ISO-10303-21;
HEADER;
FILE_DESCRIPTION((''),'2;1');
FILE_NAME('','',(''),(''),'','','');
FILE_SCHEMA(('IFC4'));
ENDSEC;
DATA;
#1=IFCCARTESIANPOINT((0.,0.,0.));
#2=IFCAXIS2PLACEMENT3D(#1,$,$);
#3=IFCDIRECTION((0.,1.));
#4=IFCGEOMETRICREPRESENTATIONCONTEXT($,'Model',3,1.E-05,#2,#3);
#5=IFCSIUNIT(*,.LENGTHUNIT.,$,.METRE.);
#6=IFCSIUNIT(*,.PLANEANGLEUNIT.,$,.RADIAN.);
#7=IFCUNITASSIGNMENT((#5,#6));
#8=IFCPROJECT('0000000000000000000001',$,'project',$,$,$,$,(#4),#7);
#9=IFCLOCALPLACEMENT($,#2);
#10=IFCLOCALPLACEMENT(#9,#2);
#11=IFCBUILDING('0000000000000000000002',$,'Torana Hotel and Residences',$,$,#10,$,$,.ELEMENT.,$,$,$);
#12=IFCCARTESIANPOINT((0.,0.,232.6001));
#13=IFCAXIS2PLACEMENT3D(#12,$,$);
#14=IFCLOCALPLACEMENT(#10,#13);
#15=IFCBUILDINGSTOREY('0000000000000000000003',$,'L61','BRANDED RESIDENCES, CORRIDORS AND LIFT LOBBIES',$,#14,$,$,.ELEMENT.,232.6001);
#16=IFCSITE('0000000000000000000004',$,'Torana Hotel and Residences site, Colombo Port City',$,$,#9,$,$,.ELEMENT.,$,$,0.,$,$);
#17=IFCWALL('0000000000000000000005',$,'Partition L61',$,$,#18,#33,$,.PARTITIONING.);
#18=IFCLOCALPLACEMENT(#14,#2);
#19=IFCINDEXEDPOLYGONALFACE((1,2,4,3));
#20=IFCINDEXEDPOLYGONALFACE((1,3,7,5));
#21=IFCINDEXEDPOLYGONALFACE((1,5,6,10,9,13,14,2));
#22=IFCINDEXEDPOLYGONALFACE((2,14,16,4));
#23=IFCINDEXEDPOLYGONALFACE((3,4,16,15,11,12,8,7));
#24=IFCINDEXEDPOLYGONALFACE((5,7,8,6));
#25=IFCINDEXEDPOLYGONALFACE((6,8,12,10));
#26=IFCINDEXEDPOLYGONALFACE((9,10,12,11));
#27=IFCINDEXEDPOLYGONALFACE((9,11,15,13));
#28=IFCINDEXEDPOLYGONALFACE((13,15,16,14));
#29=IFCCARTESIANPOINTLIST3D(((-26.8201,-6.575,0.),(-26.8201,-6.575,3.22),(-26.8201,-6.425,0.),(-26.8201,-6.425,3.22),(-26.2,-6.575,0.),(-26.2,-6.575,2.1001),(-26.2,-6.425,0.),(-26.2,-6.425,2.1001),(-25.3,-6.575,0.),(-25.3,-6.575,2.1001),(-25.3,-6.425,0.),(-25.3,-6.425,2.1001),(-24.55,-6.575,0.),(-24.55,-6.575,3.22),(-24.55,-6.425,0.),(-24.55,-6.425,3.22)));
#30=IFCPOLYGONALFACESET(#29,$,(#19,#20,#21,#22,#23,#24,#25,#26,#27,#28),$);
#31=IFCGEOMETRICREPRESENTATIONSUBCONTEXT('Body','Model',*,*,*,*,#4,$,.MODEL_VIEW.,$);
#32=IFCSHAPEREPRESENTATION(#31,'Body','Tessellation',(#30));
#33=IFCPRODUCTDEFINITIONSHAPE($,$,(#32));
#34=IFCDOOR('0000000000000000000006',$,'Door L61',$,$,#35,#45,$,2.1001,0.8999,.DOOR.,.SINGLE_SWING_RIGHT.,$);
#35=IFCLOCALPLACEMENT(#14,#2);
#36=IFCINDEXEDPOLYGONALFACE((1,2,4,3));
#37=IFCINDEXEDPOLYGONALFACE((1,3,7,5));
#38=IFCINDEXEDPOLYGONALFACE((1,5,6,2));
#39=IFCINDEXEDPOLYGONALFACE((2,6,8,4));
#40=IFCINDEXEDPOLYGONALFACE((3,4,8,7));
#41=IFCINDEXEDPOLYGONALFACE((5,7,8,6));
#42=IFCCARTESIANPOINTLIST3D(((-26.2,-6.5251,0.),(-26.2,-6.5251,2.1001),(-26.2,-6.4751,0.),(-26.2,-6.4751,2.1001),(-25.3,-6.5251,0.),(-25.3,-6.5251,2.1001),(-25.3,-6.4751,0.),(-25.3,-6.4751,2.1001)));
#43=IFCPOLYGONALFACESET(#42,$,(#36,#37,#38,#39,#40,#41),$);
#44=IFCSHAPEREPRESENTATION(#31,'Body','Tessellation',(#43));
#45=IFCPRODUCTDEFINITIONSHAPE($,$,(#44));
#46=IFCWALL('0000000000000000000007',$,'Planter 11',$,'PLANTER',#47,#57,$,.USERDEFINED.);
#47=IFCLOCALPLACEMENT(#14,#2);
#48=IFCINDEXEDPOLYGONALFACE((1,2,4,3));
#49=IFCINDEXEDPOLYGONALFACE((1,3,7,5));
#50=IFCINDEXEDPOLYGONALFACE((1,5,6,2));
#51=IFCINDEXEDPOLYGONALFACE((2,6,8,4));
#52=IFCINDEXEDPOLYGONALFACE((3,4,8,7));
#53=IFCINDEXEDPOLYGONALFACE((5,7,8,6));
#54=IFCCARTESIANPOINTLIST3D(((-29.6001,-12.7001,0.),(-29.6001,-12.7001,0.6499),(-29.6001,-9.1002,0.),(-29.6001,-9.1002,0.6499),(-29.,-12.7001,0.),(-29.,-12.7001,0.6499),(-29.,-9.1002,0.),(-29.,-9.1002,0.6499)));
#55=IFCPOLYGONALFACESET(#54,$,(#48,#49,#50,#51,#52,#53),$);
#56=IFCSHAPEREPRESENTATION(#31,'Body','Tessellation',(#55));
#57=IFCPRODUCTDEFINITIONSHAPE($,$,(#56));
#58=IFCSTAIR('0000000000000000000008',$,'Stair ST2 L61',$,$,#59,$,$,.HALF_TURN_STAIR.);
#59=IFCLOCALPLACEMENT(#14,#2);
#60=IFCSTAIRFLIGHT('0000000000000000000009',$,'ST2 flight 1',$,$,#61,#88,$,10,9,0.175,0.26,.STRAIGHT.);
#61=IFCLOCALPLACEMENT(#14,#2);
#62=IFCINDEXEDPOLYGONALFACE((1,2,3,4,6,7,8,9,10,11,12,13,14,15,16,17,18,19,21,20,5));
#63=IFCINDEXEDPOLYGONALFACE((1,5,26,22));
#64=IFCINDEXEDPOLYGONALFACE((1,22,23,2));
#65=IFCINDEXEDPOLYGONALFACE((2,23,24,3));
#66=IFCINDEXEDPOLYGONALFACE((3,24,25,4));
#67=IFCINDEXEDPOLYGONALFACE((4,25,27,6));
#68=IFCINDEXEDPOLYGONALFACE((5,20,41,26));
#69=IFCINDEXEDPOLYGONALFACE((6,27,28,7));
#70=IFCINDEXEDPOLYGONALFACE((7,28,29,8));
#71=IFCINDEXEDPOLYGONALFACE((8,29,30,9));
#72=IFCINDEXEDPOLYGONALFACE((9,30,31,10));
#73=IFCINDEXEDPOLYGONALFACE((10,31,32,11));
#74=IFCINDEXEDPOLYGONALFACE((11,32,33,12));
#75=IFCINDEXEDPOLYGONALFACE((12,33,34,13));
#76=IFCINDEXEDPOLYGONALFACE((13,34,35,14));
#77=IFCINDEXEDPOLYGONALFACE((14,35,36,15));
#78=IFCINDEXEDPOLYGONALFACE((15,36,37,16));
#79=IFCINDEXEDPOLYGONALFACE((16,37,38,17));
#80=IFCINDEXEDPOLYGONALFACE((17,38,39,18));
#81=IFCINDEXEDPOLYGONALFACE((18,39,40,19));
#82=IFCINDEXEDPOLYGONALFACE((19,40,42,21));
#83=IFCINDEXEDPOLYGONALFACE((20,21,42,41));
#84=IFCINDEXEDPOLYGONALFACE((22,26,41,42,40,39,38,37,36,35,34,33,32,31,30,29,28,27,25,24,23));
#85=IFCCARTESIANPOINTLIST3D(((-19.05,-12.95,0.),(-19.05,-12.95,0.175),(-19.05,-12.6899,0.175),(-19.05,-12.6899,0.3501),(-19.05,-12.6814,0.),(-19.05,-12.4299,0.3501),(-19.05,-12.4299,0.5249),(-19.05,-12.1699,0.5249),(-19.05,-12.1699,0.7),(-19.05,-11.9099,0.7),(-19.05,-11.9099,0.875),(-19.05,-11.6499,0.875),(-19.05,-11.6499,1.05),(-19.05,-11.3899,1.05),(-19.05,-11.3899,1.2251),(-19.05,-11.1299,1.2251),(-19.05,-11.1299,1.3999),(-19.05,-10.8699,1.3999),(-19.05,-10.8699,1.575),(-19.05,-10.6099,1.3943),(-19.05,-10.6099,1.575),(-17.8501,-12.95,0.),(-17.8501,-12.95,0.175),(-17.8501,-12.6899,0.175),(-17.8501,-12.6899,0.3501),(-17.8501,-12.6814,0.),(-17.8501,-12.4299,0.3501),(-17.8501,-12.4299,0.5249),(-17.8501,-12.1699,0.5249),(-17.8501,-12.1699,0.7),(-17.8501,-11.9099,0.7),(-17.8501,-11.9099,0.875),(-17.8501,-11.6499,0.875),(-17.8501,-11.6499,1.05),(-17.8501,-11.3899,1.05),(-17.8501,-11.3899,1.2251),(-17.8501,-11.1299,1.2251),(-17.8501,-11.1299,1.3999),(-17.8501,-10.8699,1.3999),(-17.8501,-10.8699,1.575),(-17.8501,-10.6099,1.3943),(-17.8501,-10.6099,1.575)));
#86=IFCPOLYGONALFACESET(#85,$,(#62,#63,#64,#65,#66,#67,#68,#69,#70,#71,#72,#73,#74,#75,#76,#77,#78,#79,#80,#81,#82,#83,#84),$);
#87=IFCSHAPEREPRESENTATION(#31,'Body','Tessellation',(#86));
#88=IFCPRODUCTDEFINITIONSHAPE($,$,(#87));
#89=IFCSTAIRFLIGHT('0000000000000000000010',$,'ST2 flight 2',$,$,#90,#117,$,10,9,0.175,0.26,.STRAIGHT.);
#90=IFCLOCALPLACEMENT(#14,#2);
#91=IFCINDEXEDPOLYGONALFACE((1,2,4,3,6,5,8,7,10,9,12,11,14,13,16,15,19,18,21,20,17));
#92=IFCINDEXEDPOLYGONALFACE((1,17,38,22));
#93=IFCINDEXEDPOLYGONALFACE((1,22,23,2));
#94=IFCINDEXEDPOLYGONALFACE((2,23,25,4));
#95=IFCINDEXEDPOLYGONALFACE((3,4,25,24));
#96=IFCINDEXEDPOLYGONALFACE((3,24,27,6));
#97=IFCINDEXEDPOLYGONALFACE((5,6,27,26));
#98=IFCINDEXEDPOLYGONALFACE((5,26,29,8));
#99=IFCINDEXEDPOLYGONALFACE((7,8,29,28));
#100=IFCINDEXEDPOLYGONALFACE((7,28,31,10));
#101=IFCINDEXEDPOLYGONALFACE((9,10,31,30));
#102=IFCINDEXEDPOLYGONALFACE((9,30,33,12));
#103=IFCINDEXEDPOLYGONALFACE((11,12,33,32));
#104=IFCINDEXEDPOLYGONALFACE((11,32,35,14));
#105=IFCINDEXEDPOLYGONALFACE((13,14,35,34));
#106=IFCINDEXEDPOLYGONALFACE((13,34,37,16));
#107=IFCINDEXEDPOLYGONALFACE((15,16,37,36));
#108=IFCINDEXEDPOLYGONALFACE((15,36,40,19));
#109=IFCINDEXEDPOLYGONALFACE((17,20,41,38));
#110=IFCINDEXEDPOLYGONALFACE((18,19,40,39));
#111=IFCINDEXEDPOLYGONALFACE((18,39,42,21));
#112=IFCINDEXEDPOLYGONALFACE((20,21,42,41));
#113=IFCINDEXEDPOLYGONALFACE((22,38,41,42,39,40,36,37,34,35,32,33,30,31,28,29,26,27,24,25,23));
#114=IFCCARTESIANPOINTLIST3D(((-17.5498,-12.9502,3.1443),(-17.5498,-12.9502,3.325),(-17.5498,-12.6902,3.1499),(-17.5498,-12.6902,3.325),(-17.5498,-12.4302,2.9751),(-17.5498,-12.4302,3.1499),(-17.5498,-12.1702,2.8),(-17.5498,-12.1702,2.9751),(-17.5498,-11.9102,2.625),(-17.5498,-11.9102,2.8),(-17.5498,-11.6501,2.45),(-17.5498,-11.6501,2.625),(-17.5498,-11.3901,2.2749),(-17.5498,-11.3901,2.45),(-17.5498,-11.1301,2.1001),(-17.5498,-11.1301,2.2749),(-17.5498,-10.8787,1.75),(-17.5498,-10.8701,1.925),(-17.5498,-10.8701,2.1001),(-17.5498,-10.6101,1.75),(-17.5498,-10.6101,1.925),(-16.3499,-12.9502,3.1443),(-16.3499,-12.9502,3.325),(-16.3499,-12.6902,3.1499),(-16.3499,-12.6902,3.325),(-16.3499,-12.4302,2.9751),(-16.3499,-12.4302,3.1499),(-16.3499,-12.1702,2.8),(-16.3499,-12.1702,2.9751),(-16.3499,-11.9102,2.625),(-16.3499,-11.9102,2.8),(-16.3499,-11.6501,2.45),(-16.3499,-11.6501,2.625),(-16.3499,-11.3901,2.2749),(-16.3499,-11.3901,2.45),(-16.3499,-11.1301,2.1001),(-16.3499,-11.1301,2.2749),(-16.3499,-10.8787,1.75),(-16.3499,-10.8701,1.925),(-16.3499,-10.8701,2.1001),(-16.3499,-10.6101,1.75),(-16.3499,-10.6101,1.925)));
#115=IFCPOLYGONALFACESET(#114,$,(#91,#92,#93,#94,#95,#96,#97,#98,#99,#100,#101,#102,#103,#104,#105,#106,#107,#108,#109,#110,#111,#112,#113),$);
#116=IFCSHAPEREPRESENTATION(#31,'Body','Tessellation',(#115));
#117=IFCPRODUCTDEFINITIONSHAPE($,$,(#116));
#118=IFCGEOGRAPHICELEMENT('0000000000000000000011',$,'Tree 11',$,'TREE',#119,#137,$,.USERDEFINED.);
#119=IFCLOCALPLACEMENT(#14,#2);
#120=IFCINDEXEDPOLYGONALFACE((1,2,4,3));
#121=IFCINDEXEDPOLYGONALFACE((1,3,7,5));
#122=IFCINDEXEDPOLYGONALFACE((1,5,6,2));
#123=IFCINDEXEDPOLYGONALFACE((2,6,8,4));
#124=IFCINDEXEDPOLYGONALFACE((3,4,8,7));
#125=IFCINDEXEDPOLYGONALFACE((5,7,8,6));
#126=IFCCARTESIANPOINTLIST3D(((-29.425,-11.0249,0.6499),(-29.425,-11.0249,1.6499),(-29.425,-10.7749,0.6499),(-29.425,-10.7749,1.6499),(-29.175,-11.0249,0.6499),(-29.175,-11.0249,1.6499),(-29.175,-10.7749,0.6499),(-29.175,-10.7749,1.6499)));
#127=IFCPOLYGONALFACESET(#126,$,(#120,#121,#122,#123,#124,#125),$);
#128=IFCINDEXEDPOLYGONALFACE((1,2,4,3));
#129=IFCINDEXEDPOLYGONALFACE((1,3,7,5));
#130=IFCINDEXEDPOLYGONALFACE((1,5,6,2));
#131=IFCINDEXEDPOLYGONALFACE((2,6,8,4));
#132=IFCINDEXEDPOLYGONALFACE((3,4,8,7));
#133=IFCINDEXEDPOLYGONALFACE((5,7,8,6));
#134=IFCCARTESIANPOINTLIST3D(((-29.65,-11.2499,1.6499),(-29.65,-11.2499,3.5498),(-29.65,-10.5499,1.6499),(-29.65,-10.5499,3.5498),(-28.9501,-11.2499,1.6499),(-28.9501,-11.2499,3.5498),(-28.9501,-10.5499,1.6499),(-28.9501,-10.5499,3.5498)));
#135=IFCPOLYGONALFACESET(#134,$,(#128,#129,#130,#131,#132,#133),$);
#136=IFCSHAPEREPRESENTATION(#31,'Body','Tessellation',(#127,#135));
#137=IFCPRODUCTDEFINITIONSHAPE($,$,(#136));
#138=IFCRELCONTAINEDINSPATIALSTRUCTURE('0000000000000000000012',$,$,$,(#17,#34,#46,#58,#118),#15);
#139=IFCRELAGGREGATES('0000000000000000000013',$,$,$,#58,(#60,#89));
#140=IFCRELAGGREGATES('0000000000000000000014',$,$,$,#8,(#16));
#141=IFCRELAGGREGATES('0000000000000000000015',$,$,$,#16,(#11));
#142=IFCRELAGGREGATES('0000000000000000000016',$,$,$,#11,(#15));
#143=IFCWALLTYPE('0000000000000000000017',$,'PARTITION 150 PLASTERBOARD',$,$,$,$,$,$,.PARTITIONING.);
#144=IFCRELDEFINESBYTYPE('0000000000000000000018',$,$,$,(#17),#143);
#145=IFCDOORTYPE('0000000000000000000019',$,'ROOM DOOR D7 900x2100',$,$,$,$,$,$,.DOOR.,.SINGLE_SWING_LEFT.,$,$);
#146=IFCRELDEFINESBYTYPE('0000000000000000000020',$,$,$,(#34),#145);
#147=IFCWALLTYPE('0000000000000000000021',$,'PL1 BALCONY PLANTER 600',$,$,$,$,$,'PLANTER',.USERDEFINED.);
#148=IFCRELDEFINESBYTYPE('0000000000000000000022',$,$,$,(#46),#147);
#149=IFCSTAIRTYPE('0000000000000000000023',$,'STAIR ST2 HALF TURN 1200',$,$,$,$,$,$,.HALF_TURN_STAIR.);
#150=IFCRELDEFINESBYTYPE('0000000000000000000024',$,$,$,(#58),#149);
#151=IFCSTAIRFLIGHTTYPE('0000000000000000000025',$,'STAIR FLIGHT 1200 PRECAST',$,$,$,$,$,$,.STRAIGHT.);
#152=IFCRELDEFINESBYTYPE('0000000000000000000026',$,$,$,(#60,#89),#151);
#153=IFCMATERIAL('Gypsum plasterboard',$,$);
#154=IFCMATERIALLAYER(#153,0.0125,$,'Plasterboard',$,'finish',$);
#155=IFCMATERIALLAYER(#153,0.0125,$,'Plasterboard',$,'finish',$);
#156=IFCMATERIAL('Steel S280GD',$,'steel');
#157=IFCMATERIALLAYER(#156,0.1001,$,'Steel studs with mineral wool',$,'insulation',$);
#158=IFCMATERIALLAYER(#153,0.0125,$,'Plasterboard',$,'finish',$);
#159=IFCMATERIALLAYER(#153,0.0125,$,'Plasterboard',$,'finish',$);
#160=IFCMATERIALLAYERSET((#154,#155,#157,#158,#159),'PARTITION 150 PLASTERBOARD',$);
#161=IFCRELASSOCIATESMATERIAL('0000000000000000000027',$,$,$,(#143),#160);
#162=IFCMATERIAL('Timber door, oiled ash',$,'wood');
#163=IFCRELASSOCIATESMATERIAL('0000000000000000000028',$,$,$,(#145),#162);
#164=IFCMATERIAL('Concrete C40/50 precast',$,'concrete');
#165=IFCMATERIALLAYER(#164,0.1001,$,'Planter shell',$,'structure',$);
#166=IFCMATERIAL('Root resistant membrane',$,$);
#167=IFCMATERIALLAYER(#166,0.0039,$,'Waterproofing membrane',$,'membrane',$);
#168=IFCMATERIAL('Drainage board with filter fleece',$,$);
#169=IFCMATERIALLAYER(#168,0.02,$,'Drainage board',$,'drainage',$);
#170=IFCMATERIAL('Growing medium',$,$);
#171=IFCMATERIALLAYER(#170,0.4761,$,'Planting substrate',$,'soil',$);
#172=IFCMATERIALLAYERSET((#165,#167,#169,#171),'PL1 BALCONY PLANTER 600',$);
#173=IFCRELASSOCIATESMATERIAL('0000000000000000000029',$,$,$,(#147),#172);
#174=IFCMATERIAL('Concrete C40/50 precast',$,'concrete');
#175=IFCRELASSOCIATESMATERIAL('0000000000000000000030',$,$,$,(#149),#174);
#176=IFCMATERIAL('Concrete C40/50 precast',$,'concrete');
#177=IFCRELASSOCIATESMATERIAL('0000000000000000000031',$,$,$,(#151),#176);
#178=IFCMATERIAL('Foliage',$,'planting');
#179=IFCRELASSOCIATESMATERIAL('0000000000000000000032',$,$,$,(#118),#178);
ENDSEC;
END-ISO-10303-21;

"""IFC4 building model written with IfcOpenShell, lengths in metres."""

from ifc_helpers import new_model, si_unit, direction, frame, frame_2d, origin, origin_2d, place, context, subcontext, project, spatial, polyline, rectangle, outline, extrude, material, layer, layer_set, type_object, element, fill, aggregate, save


model = new_model("IFC4")

# Units and contexts
model_context = context("Model", 3, precision=1e-05, world=origin(), true_north=direction((0.0, 1.0)))
body_context = subcontext(model_context, "Body", "Model", "MODEL_VIEW")
ifc_project = project(units=[si_unit("LENGTHUNIT", "METRE"), si_unit("PLANEANGLEUNIT", "RADIAN")], contexts=[model_context])

# Site, building, storey
site_placement = place(None, origin())
site = spatial("IfcSite", under=ifc_project, at=site_placement, Name="Torana Hotel and Residences site, Colombo Port City", CompositionType="ELEMENT", RefElevation=0.0)
building_placement = place(site_placement, origin())
building = spatial("IfcBuilding", under=site, at=building_placement, Name="Torana Hotel and Residences", CompositionType="ELEMENT")
storey_placement = place(building_placement, frame((0.0, 0.0, 232.6001)))
storey = spatial("IfcBuildingStorey", under=building, at=storey_placement, Name="L61", Description="BRANDED RESIDENCES, CORRIDORS AND LIFT LOBBIES", CompositionType="ELEMENT", Elevation=232.6001)

# Wall, opening, door
ifc_material_1 = material(Name="Gypsum plasterboard")
ifc_layer_1 = layer(ifc_material_1, 0.0125, Name="Plasterboard", Category="finish")
ifc_layer_2 = layer(ifc_material_1, 0.0125, Name="Plasterboard", Category="finish")
ifc_material_2 = material(Name="Steel S280GD", Category="steel")
ifc_layer_3 = layer(ifc_material_2, 0.1001, Name="Steel studs with mineral wool", Category="insulation")
ifc_layer_4 = layer(ifc_material_1, 0.0125, Name="Plasterboard", Category="finish")
ifc_layer_5 = layer(ifc_material_1, 0.0125, Name="Plasterboard", Category="finish")
ifc_layer_set_1 = layer_set([ifc_layer_1, ifc_layer_2, ifc_layer_3, ifc_layer_4, ifc_layer_5], Name="PARTITION 150 PLASTERBOARD")
wall_type_1 = type_object("IfcWallType", Name="PARTITION 150 PLASTERBOARD", PredefinedType="PARTITIONING", material=ifc_layer_set_1)
wall_1_placement = place(storey_placement, frame((-26.8201, -6.5, 0.0), z_axis=(0.0, 0.0, 1.0), x_axis=(1.0, 0.0, 0.0)))
wall_1 = element("IfcWall", 1, at=wall_1_placement, inside=storey, type_object=wall_type_1, Name="Partition L61", PredefinedType="PARTITIONING", context=body_context, shape_type="SweptSolid", body=[
    extrude(rectangle(XDim=2.27, YDim=0.1499, at=frame_2d((1.135, 0.0))), origin(), (0.0, 0.0, 1.0), 3.22),
])
opening_1_placement = place(wall_1_placement, frame((0.6201, 0.0, 0.0)))
opening_1 = element("IfcOpeningElement", 2, at=opening_1_placement, cuts=wall_1, PredefinedType="OPENING", context=body_context, shape_type="SweptSolid", body=[
    extrude(rectangle(XDim=0.8999, YDim=2.1001, at=frame_2d((0.45, 1.05))), frame((0.0, 0.085, 0.0), z_axis=(0.0, -1.0, 0.0), x_axis=(1.0, 0.0, 0.0)), (0.0, 0.0, 1.0), 0.1699),
])
ifc_material_3 = material(Name="Timber door, oiled ash", Category="wood")
door_type_1 = type_object("IfcDoorType", Name="ROOM DOOR D7 900x2100", OperationType="SINGLE_SWING_LEFT", PredefinedType="DOOR", material=ifc_material_3)
door_1_placement = place(opening_1_placement, origin())
door_1 = element("IfcDoor", 3, at=door_1_placement, inside=storey, type_object=door_type_1, Name="Door L61", OperationType="SINGLE_SWING_RIGHT", OverallHeight=2.1001, OverallWidth=0.8999, PredefinedType="DOOR", context=body_context, shape_type="SweptSolid", body=[
    extrude(rectangle(XDim=0.8999, YDim=2.1001, at=frame_2d((0.45, 1.05))), frame((0.0, 0.0249, 0.0), z_axis=(0.0, -1.0, 0.0), x_axis=(1.0, 0.0, 0.0)), (0.0, 0.0, 1.0), 0.05),
])
fill(opening_1, door_1)

# Wall
ifc_material_4 = material(Name="Concrete C40/50 precast", Category="concrete")
ifc_layer_6 = layer(ifc_material_4, 0.1001, Name="Planter shell", Category="structure")
ifc_material_5 = material(Name="Root resistant membrane")
ifc_layer_7 = layer(ifc_material_5, 0.0039, Name="Waterproofing membrane", Category="membrane")
ifc_material_6 = material(Name="Drainage board with filter fleece")
ifc_layer_8 = layer(ifc_material_6, 0.02, Name="Drainage board", Category="drainage")
ifc_material_7 = material(Name="Growing medium")
ifc_layer_9 = layer(ifc_material_7, 0.4761, Name="Planting substrate", Category="soil")
ifc_layer_set_2 = layer_set([ifc_layer_6, ifc_layer_7, ifc_layer_8, ifc_layer_9], Name="PL1 BALCONY PLANTER 600")
wall_type_2 = type_object("IfcWallType", Name="PL1 BALCONY PLANTER 600", ElementType="PLANTER", PredefinedType="USERDEFINED", material=ifc_layer_set_2)
wall_2_placement = place(storey_placement, frame((-29.3, -12.7, 0.0), z_axis=(0.0, 0.0, 1.0), x_axis=(0.0, 1.0, 0.0)))
element("IfcWall", 4, at=wall_2_placement, inside=storey, type_object=wall_type_2, Name="Planter 11", ObjectType="PLANTER", PredefinedType="USERDEFINED", context=body_context, shape_type="SweptSolid", body=[
    extrude(rectangle(XDim=3.5999, YDim=0.6001, at=frame_2d((1.7998, 0.0))), origin(), (0.0, 0.0, 1.0), 0.6499),
])

# Stair, stair flights
ifc_material_8 = material(Name="Concrete C40/50 precast", Category="concrete")
stair_type = type_object("IfcStairType", Name="STAIR ST2 HALF TURN 1200", PredefinedType="HALF_TURN_STAIR", material=ifc_material_8)
stair_placement = place(storey_placement, origin())
stair = element("IfcStair", 5, at=stair_placement, inside=storey, type_object=stair_type, Name="Stair ST2 L61", PredefinedType="HALF_TURN_STAIR")
ifc_material_9 = material(Name="Concrete C40/50 precast", Category="concrete")
stair_flight_type = type_object("IfcStairFlightType", Name="STAIR FLIGHT 1200 PRECAST", PredefinedType="STRAIGHT", material=ifc_material_9)
stair_flight_1_placement = place(storey_placement, frame((-18.45, -12.95, 0.0), z_axis=(0.0, 0.0, 1.0), x_axis=(0.0, 1.0, 0.0)))
stair_flight_1 = element("IfcStairFlight", 6, at=stair_flight_1_placement, type_object=stair_flight_type, Name="ST2 flight 1", NumberOfRisers=10, NumberOfTreads=9, PredefinedType="STRAIGHT", RiserHeight=0.175, TreadLength=0.26, context=body_context, shape_type="SweptSolid", body=[
    extrude(outline(polyline([(0.0, 0.0), (0.0, 0.175), (0.26, 0.175), (0.26, 0.3501), (0.52, 0.3501), (0.52, 0.5249), (0.78, 0.5249), (0.78, 0.7), (1.04, 0.7), (1.04, 0.875), (1.3, 0.875), (1.3, 1.05), (1.5601, 1.05), (1.5601, 1.2251), (1.8201, 1.2251), (1.8201, 1.3999), (2.0801, 1.3999), (2.0801, 1.575), (2.3401, 1.575), (2.3401, 1.75), (2.3401, 1.3943), (0.2686, 0.0), (0.0, 0.0)])), frame((0.0, 0.6001, 0.0), z_axis=(0.0, -1.0, 0.0), x_axis=(1.0, 0.0, 0.0)), (0.0, 0.0, 1.0), 1.2),
])
stair_flight_2_placement = place(storey_placement, frame((-16.95, -10.6101, 1.75), z_axis=(0.0, 0.0, 1.0), x_axis=(0.0, -1.0, 0.0)))
stair_flight_2 = element("IfcStairFlight", 7, at=stair_flight_2_placement, type_object=stair_flight_type, Name="ST2 flight 2", NumberOfRisers=10, NumberOfTreads=9, PredefinedType="STRAIGHT", RiserHeight=0.175, TreadLength=0.26, context=body_context, shape_type="SweptSolid", body=[
    extrude(outline(polyline([(0.0, 0.0), (0.0, 0.175), (0.26, 0.175), (0.26, 0.3501), (0.52, 0.3501), (0.52, 0.5249), (0.78, 0.5249), (0.78, 0.7), (1.04, 0.7), (1.04, 0.875), (1.3, 0.875), (1.3, 1.05), (1.5601, 1.05), (1.5601, 1.2251), (1.8201, 1.2251), (1.8201, 1.3999), (2.0801, 1.3999), (2.0801, 1.575), (2.3401, 1.575), (2.3401, 1.75), (2.3401, 1.3943), (0.2686, 0.0), (0.0, 0.0)])), frame((0.0, 0.6001, 0.0), z_axis=(0.0, -1.0, 0.0), x_axis=(1.0, 0.0, 0.0)), (0.0, 0.0, 1.0), 1.2),
])
aggregate(stair, [stair_flight_1, stair_flight_2])

# Geographic element
ifc_material_10 = material(Name="Foliage", Category="planting")
geographic_element_placement = place(storey_placement, frame((-29.3, -10.8999, 0.6499), z_axis=(0.0, 0.0, 1.0), x_axis=(1.0, 0.0, 0.0)))
element("IfcGeographicElement", 8, at=geographic_element_placement, inside=storey, material=ifc_material_10, Name="Tree 11", ObjectType="TREE", PredefinedType="USERDEFINED", context=body_context, shape_type="SweptSolid", body=[
    extrude(rectangle(XDim=0.25, YDim=0.25, at=origin_2d()), origin(), (0.0, 0.0, 1.0), 1.0),
    extrude(rectangle(XDim=0.7, YDim=0.7, at=origin_2d()), frame((0.0, 0.0, 1.0)), (0.0, 0.0, 1.0), 1.8999),
])

save(model, "model.ifc")
